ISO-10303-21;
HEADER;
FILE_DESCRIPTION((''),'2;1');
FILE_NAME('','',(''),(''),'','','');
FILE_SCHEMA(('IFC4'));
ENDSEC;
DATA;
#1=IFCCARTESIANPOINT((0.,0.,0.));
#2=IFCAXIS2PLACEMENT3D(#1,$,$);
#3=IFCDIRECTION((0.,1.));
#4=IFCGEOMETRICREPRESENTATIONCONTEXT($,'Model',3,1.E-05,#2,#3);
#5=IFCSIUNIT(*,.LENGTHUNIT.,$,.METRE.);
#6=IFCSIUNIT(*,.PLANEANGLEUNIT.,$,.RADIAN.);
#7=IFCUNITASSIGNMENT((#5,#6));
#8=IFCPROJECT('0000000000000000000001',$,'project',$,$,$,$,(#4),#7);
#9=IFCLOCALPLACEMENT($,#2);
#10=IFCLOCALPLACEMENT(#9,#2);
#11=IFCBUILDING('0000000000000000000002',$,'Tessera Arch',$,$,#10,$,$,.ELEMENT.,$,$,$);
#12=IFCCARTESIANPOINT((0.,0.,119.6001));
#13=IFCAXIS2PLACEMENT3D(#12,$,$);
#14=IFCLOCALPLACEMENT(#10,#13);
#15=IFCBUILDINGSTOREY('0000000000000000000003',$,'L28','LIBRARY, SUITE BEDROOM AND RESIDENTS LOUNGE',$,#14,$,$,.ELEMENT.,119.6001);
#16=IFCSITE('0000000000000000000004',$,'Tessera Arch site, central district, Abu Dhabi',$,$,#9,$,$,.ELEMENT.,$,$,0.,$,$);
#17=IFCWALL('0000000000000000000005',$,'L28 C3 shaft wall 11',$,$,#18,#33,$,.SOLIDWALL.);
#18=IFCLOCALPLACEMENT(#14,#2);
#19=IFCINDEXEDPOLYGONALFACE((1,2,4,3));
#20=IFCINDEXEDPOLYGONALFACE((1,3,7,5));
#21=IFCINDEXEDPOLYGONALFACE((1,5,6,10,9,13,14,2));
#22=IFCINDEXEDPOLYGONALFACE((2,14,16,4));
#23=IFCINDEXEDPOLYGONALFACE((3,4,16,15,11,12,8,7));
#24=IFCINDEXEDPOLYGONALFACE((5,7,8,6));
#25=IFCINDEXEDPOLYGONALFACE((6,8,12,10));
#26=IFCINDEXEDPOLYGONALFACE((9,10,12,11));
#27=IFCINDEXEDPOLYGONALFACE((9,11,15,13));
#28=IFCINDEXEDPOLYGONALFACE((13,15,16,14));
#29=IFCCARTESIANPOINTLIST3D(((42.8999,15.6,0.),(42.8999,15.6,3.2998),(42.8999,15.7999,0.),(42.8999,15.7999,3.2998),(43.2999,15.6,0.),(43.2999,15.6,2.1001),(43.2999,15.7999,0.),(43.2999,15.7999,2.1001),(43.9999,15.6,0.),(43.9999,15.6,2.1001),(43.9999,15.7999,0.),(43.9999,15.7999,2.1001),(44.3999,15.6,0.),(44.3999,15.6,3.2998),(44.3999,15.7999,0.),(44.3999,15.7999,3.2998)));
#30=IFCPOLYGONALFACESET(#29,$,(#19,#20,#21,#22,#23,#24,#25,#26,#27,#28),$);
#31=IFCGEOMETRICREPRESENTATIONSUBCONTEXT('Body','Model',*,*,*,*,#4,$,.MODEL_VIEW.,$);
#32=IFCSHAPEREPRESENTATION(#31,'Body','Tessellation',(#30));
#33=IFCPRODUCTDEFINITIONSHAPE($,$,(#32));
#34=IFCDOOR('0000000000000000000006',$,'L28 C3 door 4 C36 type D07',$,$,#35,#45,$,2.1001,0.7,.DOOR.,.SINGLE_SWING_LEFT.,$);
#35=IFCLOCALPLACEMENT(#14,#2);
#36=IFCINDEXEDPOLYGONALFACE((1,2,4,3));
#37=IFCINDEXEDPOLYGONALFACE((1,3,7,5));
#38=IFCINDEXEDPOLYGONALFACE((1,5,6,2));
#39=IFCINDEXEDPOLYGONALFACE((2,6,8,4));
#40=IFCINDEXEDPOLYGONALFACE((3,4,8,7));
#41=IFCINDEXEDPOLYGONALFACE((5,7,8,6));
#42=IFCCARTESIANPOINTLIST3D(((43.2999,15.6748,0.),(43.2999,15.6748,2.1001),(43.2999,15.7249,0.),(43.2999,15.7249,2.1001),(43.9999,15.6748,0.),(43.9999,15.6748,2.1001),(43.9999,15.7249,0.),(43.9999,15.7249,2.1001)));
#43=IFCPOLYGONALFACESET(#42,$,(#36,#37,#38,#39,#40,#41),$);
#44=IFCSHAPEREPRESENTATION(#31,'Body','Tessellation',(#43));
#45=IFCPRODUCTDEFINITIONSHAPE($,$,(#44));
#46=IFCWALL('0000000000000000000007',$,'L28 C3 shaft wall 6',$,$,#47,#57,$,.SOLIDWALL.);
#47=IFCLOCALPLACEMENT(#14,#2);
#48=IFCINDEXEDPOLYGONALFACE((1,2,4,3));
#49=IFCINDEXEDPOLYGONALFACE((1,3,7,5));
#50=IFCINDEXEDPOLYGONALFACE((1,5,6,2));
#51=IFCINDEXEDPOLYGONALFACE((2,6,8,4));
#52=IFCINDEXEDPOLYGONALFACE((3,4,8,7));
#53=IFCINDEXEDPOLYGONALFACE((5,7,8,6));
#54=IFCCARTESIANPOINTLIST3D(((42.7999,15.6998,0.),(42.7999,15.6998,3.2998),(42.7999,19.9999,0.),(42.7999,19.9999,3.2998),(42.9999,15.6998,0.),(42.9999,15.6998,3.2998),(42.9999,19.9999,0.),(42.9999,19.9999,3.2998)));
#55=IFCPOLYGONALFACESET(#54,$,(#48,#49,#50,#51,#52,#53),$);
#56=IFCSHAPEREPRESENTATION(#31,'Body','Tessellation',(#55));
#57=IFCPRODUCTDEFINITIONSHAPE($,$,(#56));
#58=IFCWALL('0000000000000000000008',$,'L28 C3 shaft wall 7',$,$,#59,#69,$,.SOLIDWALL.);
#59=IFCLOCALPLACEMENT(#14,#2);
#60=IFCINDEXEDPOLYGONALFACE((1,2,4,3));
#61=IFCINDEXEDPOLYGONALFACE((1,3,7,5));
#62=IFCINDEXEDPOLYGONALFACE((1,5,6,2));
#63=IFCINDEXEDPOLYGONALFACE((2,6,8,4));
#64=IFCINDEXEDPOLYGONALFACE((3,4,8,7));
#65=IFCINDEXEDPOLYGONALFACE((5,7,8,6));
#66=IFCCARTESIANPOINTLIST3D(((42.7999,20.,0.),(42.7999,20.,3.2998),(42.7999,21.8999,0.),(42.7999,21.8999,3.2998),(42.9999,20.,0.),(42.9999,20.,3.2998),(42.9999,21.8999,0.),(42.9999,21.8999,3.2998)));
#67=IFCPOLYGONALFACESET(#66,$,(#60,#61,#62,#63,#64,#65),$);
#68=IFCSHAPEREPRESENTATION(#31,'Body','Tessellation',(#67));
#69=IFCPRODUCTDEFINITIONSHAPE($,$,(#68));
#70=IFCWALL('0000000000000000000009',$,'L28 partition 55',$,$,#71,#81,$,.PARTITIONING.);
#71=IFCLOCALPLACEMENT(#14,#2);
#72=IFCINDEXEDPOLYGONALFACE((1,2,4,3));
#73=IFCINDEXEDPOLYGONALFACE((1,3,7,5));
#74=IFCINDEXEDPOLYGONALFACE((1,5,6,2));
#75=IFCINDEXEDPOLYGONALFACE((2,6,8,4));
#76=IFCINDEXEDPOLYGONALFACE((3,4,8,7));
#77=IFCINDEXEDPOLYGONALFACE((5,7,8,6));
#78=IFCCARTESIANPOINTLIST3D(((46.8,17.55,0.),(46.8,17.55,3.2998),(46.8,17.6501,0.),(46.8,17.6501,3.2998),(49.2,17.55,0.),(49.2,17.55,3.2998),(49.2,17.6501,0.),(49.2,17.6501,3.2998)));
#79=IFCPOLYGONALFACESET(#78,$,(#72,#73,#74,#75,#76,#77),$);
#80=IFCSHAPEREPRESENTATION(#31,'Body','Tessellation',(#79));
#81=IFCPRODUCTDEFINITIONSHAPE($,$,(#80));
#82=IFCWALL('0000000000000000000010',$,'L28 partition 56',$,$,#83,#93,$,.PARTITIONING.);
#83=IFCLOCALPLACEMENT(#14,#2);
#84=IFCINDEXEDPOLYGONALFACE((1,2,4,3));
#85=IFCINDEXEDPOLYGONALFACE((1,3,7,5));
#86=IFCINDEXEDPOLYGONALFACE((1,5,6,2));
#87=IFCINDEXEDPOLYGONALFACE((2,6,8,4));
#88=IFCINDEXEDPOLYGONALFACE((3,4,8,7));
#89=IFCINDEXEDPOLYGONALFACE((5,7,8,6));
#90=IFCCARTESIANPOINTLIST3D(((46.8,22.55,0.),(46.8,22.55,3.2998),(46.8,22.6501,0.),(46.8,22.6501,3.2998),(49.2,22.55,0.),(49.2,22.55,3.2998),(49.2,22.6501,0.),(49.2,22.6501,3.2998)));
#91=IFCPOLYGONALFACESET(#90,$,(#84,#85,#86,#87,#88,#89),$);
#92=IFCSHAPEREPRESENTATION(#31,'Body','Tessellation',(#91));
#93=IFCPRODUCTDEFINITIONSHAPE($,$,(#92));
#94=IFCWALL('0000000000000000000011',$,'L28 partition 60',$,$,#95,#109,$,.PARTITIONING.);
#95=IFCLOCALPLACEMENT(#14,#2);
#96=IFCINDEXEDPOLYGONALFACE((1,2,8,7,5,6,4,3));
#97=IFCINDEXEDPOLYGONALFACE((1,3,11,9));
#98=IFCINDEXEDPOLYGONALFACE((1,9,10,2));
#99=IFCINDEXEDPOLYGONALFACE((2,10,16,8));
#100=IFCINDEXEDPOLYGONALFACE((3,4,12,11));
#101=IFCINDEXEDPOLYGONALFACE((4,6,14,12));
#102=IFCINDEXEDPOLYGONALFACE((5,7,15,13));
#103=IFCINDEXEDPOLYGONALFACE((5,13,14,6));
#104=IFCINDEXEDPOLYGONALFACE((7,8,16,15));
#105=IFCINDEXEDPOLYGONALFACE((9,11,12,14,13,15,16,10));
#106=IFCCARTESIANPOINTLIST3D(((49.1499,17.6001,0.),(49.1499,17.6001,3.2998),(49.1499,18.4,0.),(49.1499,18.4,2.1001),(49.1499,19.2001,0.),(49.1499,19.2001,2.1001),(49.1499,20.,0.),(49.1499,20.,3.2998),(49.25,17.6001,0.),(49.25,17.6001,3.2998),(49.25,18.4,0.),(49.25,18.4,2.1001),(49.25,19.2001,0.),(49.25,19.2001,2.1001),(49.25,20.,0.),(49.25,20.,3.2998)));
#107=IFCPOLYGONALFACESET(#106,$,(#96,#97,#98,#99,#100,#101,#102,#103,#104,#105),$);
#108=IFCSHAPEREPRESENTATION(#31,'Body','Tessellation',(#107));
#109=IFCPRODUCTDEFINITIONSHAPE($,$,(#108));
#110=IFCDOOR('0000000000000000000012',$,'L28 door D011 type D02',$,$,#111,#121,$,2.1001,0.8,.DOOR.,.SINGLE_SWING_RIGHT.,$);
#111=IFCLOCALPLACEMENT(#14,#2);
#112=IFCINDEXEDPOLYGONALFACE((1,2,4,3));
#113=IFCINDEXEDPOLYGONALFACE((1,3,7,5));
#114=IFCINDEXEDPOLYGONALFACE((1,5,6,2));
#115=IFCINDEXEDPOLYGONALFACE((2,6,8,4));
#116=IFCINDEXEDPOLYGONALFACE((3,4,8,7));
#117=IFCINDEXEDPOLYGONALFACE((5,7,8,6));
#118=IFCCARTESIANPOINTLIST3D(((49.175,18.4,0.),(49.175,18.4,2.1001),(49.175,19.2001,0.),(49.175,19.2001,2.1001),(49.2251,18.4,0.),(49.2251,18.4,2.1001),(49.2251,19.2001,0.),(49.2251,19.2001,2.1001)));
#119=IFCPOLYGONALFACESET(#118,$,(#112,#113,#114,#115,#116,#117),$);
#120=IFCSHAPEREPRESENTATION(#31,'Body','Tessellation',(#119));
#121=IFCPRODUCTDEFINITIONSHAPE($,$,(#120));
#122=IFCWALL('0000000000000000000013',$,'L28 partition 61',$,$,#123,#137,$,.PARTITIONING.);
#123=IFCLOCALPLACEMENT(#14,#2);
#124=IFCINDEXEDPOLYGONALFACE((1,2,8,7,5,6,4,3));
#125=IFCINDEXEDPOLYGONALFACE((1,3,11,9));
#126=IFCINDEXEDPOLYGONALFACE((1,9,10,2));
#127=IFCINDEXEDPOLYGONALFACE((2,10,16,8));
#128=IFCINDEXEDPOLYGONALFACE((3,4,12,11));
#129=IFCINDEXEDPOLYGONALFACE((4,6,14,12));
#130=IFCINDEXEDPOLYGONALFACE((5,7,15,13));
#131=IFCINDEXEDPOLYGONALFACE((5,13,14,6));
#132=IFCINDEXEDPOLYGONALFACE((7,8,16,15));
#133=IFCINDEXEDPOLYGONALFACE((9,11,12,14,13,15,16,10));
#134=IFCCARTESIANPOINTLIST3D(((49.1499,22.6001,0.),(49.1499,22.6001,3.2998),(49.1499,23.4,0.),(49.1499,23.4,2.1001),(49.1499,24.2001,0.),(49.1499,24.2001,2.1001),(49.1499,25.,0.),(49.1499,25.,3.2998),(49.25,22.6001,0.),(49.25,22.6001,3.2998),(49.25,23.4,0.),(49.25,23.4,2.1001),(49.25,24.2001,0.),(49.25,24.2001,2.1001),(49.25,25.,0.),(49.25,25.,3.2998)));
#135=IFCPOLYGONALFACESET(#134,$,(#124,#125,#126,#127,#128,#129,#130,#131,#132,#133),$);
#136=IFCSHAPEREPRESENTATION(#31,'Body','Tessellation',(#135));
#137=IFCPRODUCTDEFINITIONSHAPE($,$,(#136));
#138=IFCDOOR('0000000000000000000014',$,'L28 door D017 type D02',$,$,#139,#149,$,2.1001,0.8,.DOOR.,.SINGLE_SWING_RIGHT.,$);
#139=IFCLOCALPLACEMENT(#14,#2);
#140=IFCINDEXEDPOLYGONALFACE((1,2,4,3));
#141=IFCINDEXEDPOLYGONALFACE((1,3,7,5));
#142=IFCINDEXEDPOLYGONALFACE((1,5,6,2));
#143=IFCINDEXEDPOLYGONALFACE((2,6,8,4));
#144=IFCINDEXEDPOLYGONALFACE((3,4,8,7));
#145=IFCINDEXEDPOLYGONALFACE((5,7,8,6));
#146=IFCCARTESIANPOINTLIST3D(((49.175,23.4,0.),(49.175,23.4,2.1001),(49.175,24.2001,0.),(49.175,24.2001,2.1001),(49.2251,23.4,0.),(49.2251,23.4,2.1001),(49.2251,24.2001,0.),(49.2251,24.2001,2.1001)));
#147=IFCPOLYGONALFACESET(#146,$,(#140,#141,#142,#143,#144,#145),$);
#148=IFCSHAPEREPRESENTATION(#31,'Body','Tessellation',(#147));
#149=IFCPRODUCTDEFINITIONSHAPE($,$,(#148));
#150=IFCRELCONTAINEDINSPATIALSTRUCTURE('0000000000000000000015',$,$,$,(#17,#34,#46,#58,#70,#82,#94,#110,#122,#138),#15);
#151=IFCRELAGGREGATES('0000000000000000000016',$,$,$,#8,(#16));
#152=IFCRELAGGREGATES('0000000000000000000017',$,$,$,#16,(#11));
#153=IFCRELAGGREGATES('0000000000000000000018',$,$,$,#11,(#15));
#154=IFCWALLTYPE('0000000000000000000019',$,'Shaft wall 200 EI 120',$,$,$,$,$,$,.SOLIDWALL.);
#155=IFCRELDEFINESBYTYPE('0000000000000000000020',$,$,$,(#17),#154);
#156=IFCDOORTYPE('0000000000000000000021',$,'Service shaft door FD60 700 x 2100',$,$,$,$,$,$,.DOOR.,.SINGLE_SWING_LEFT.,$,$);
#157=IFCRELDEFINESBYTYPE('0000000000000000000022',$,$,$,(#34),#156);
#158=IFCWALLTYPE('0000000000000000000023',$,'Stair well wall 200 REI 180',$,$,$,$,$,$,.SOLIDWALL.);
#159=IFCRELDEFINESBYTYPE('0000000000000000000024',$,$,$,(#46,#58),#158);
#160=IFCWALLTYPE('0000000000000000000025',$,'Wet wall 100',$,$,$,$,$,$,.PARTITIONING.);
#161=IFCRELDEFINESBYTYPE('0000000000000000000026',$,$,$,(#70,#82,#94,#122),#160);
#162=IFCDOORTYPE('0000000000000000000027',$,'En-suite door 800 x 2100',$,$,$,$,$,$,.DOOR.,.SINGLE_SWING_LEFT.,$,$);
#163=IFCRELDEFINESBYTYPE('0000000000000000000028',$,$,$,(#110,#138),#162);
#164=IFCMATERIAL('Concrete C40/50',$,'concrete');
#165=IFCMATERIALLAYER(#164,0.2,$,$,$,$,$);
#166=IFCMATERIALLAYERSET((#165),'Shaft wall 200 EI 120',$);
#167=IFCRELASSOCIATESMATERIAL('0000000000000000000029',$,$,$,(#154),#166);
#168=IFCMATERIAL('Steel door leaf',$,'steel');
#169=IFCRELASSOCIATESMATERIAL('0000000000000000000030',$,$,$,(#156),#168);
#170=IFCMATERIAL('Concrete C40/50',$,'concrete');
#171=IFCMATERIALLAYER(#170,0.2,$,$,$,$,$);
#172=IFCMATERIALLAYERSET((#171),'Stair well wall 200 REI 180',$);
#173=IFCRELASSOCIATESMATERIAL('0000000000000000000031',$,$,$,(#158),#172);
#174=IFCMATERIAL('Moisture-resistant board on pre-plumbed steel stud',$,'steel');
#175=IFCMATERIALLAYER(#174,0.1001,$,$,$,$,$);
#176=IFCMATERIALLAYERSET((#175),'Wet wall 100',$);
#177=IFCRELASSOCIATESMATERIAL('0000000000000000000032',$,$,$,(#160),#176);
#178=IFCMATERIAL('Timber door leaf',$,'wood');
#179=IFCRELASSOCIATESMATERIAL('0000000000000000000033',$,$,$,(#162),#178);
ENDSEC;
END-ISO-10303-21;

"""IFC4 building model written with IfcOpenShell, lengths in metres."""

from ifc_helpers import new_model, si_unit, direction, frame, frame_2d, origin, place, context, subcontext, project, spatial, rectangle, extrude, material, layer, layer_set, type_object, element, fill, save


model = new_model("IFC4")

# Units and contexts
model_context = context("Model", 3, precision=1e-05, world=origin(), true_north=direction((0.0, 1.0)))
body_context = subcontext(model_context, "Body", "Model", "MODEL_VIEW")
ifc_project = project(units=[si_unit("LENGTHUNIT", "METRE"), si_unit("PLANEANGLEUNIT", "RADIAN")], contexts=[model_context])

# Site, building, storey
site_placement = place(None, origin())
site = spatial("IfcSite", under=ifc_project, at=site_placement, Name="Tessera Arch site, central district, Abu Dhabi", CompositionType="ELEMENT", RefElevation=0.0)
building_placement = place(site_placement, origin())
building = spatial("IfcBuilding", under=site, at=building_placement, Name="Tessera Arch", CompositionType="ELEMENT")
storey_placement = place(building_placement, frame((0.0, 0.0, 119.6001)))
storey = spatial("IfcBuildingStorey", under=building, at=storey_placement, Name="L28", Description="LIBRARY, SUITE BEDROOM AND RESIDENTS LOUNGE", CompositionType="ELEMENT", Elevation=119.6001)

# Wall, opening, door
ifc_material_1 = material(Name="Concrete C40/50", Category="concrete")
ifc_layer_1 = layer(ifc_material_1, 0.2)
ifc_layer_set_1 = layer_set([ifc_layer_1], Name="Shaft wall 200 EI 120")
wall_type_1 = type_object("IfcWallType", Name="Shaft wall 200 EI 120", PredefinedType="SOLIDWALL", material=ifc_layer_set_1)
wall_1_placement = place(storey_placement, frame((42.8999, 15.7, 0.0), z_axis=(0.0, 0.0, 1.0), x_axis=(1.0, 0.0, 0.0)))
wall_1 = element("IfcWall", 1, at=wall_1_placement, inside=storey, type_object=wall_type_1, Name="L28 C3 shaft wall 11", PredefinedType="SOLIDWALL", context=body_context, shape_type="SweptSolid", body=[
    extrude(rectangle(XDim=1.5, YDim=0.2, at=frame_2d((0.75, 0.0))), origin(), (0.0, 0.0, 1.0), 3.2998),
])
opening_1_placement = place(wall_1_placement, frame((0.3999, 0.0, 0.0)))
opening_1 = element("IfcOpeningElement", 2, at=opening_1_placement, cuts=wall_1, PredefinedType="OPENING", context=body_context, shape_type="SweptSolid", body=[
    extrude(rectangle(XDim=0.7, YDim=2.1001, at=frame_2d((0.3501, 1.05))), frame((0.0, 0.1099, 0.0), z_axis=(0.0, -1.0, 0.0), x_axis=(1.0, 0.0, 0.0)), (0.0, 0.0, 1.0), 0.22),
])
ifc_material_2 = material(Name="Steel door leaf", Category="steel")
door_type_1 = type_object("IfcDoorType", Name="Service shaft door FD60 700 x 2100", OperationType="SINGLE_SWING_LEFT", PredefinedType="DOOR", material=ifc_material_2)
door_1_placement = place(opening_1_placement, origin())
door_1 = element("IfcDoor", 3, at=door_1_placement, inside=storey, type_object=door_type_1, Name="L28 C3 door 4 C36 type D07", OperationType="SINGLE_SWING_LEFT", OverallHeight=2.1001, OverallWidth=0.7, PredefinedType="DOOR", context=body_context, shape_type="SweptSolid", body=[
    extrude(rectangle(XDim=0.7, YDim=2.1001, at=frame_2d((0.3501, 1.05))), frame((0.0, 0.0249, 0.0), z_axis=(0.0, -1.0, 0.0), x_axis=(1.0, 0.0, 0.0)), (0.0, 0.0, 1.0), 0.05),
])
fill(opening_1, door_1)

# Walls
ifc_material_3 = material(Name="Concrete C40/50", Category="concrete")
ifc_layer_2 = layer(ifc_material_3, 0.2)
ifc_layer_set_2 = layer_set([ifc_layer_2], Name="Stair well wall 200 REI 180")
wall_type_2 = type_object("IfcWallType", Name="Stair well wall 200 REI 180", PredefinedType="SOLIDWALL", material=ifc_layer_set_2)
wall_2_placement = place(storey_placement, frame((42.8999, 15.7, 0.0), z_axis=(0.0, 0.0, 1.0), x_axis=(0.0, 1.0, 0.0)))
element("IfcWall", 4, at=wall_2_placement, inside=storey, type_object=wall_type_2, Name="L28 C3 shaft wall 6", PredefinedType="SOLIDWALL", context=body_context, shape_type="SweptSolid", body=[
    extrude(rectangle(XDim=4.3, YDim=0.2, at=frame_2d((2.1499, 0.0))), origin(), (0.0, 0.0, 1.0), 3.2998),
])
wall_3_placement = place(storey_placement, frame((42.8999, 20.0, 0.0), z_axis=(0.0, 0.0, 1.0), x_axis=(0.0, 1.0, 0.0)))
element("IfcWall", 5, at=wall_3_placement, inside=storey, type_object=wall_type_2, Name="L28 C3 shaft wall 7", PredefinedType="SOLIDWALL", context=body_context, shape_type="SweptSolid", body=[
    extrude(rectangle(XDim=1.8999, YDim=0.2, at=frame_2d((0.95, 0.0))), origin(), (0.0, 0.0, 1.0), 3.2998),
])
ifc_material_4 = material(Name="Moisture-resistant board on pre-plumbed steel stud", Category="steel")
ifc_layer_3 = layer(ifc_material_4, 0.1001)
ifc_layer_set_3 = layer_set([ifc_layer_3], Name="Wet wall 100")
wall_type_3 = type_object("IfcWallType", Name="Wet wall 100", PredefinedType="PARTITIONING", material=ifc_layer_set_3)
for number, where, z_axis, x_axis, name in (
    (6, (46.8, 17.6001, 0.0), (0.0, 0.0, 1.0), (1.0, 0.0, 0.0), "L28 partition 55"),
    (7, (46.8, 22.6001, 0.0), (0.0, 0.0, 1.0), (1.0, 0.0, 0.0), "L28 partition 56"),
):
    element("IfcWall", number, at=place(storey_placement, frame(where, z_axis=z_axis, x_axis=x_axis)), inside=storey, type_object=wall_type_3, Name=name, PredefinedType="PARTITIONING", context=body_context, shape_type="SweptSolid", body=[
        extrude(rectangle(XDim=2.3999, YDim=0.1001, at=frame_2d((1.2, 0.0))), origin(), (0.0, 0.0, 1.0), 3.2998),
    ])

# Walls, openings, doors
wall_4_placement = place(storey_placement, frame((49.2, 17.6001, 0.0), z_axis=(0.0, 0.0, 1.0), x_axis=(0.0, 1.0, 0.0)))
wall_4 = element("IfcWall", 8, at=wall_4_placement, inside=storey, type_object=wall_type_3, Name="L28 partition 60", PredefinedType="PARTITIONING", context=body_context, shape_type="SweptSolid", body=[
    extrude(rectangle(XDim=2.3999, YDim=0.1001, at=frame_2d((1.2, 0.0))), origin(), (0.0, 0.0, 1.0), 3.2998),
])
opening_2_placement = place(wall_4_placement, frame((0.8, 0.0, 0.0)))
opening_2 = element("IfcOpeningElement", 9, at=opening_2_placement, cuts=wall_4, PredefinedType="OPENING", context=body_context, shape_type="SweptSolid", body=[
    extrude(rectangle(XDim=0.8, YDim=2.1001, at=frame_2d((0.3999, 1.05))), frame((0.0, 0.0601, 0.0), z_axis=(0.0, -1.0, 0.0), x_axis=(1.0, 0.0, 0.0)), (0.0, 0.0, 1.0), 0.1201),
])
ifc_material_5 = material(Name="Timber door leaf", Category="wood")
door_type_2 = type_object("IfcDoorType", Name="En-suite door 800 x 2100", OperationType="SINGLE_SWING_LEFT", PredefinedType="DOOR", material=ifc_material_5)
door_2_placement = place(opening_2_placement, origin())
door_2 = element("IfcDoor", 10, at=door_2_placement, inside=storey, type_object=door_type_2, Name="L28 door D011 type D02", OperationType="SINGLE_SWING_RIGHT", OverallHeight=2.1001, OverallWidth=0.8, PredefinedType="DOOR", context=body_context, shape_type="SweptSolid", body=[
    extrude(rectangle(XDim=0.8, YDim=2.1001, at=frame_2d((0.3999, 1.05))), frame((0.0, 0.0249, 0.0), z_axis=(0.0, -1.0, 0.0), x_axis=(1.0, 0.0, 0.0)), (0.0, 0.0, 1.0), 0.05),
])
fill(opening_2, door_2)
wall_5_placement = place(storey_placement, frame((49.2, 22.6001, 0.0), z_axis=(0.0, 0.0, 1.0), x_axis=(0.0, 1.0, 0.0)))
wall_5 = element("IfcWall", 11, at=wall_5_placement, inside=storey, type_object=wall_type_3, Name="L28 partition 61", PredefinedType="PARTITIONING", context=body_context, shape_type="SweptSolid", body=[
    extrude(rectangle(XDim=2.3999, YDim=0.1001, at=frame_2d((1.2, 0.0))), origin(), (0.0, 0.0, 1.0), 3.2998),
])
opening_3_placement = place(wall_5_placement, frame((0.8, 0.0, 0.0)))
opening_3 = element("IfcOpeningElement", 12, at=opening_3_placement, cuts=wall_5, PredefinedType="OPENING", context=body_context, shape_type="SweptSolid", body=[
    extrude(rectangle(XDim=0.8, YDim=2.1001, at=frame_2d((0.3999, 1.05))), frame((0.0, 0.0601, 0.0), z_axis=(0.0, -1.0, 0.0), x_axis=(1.0, 0.0, 0.0)), (0.0, 0.0, 1.0), 0.1201),
])
door_3_placement = place(opening_3_placement, origin())
door_3 = element("IfcDoor", 13, at=door_3_placement, inside=storey, type_object=door_type_2, Name="L28 door D017 type D02", OperationType="SINGLE_SWING_RIGHT", OverallHeight=2.1001, OverallWidth=0.8, PredefinedType="DOOR", context=body_context, shape_type="SweptSolid", body=[
    extrude(rectangle(XDim=0.8, YDim=2.1001, at=frame_2d((0.3999, 1.05))), frame((0.0, 0.0249, 0.0), z_axis=(0.0, -1.0, 0.0), x_axis=(1.0, 0.0, 0.0)), (0.0, 0.0, 1.0), 0.05),
])
fill(opening_3, door_3)

save(model, "model.ifc")
